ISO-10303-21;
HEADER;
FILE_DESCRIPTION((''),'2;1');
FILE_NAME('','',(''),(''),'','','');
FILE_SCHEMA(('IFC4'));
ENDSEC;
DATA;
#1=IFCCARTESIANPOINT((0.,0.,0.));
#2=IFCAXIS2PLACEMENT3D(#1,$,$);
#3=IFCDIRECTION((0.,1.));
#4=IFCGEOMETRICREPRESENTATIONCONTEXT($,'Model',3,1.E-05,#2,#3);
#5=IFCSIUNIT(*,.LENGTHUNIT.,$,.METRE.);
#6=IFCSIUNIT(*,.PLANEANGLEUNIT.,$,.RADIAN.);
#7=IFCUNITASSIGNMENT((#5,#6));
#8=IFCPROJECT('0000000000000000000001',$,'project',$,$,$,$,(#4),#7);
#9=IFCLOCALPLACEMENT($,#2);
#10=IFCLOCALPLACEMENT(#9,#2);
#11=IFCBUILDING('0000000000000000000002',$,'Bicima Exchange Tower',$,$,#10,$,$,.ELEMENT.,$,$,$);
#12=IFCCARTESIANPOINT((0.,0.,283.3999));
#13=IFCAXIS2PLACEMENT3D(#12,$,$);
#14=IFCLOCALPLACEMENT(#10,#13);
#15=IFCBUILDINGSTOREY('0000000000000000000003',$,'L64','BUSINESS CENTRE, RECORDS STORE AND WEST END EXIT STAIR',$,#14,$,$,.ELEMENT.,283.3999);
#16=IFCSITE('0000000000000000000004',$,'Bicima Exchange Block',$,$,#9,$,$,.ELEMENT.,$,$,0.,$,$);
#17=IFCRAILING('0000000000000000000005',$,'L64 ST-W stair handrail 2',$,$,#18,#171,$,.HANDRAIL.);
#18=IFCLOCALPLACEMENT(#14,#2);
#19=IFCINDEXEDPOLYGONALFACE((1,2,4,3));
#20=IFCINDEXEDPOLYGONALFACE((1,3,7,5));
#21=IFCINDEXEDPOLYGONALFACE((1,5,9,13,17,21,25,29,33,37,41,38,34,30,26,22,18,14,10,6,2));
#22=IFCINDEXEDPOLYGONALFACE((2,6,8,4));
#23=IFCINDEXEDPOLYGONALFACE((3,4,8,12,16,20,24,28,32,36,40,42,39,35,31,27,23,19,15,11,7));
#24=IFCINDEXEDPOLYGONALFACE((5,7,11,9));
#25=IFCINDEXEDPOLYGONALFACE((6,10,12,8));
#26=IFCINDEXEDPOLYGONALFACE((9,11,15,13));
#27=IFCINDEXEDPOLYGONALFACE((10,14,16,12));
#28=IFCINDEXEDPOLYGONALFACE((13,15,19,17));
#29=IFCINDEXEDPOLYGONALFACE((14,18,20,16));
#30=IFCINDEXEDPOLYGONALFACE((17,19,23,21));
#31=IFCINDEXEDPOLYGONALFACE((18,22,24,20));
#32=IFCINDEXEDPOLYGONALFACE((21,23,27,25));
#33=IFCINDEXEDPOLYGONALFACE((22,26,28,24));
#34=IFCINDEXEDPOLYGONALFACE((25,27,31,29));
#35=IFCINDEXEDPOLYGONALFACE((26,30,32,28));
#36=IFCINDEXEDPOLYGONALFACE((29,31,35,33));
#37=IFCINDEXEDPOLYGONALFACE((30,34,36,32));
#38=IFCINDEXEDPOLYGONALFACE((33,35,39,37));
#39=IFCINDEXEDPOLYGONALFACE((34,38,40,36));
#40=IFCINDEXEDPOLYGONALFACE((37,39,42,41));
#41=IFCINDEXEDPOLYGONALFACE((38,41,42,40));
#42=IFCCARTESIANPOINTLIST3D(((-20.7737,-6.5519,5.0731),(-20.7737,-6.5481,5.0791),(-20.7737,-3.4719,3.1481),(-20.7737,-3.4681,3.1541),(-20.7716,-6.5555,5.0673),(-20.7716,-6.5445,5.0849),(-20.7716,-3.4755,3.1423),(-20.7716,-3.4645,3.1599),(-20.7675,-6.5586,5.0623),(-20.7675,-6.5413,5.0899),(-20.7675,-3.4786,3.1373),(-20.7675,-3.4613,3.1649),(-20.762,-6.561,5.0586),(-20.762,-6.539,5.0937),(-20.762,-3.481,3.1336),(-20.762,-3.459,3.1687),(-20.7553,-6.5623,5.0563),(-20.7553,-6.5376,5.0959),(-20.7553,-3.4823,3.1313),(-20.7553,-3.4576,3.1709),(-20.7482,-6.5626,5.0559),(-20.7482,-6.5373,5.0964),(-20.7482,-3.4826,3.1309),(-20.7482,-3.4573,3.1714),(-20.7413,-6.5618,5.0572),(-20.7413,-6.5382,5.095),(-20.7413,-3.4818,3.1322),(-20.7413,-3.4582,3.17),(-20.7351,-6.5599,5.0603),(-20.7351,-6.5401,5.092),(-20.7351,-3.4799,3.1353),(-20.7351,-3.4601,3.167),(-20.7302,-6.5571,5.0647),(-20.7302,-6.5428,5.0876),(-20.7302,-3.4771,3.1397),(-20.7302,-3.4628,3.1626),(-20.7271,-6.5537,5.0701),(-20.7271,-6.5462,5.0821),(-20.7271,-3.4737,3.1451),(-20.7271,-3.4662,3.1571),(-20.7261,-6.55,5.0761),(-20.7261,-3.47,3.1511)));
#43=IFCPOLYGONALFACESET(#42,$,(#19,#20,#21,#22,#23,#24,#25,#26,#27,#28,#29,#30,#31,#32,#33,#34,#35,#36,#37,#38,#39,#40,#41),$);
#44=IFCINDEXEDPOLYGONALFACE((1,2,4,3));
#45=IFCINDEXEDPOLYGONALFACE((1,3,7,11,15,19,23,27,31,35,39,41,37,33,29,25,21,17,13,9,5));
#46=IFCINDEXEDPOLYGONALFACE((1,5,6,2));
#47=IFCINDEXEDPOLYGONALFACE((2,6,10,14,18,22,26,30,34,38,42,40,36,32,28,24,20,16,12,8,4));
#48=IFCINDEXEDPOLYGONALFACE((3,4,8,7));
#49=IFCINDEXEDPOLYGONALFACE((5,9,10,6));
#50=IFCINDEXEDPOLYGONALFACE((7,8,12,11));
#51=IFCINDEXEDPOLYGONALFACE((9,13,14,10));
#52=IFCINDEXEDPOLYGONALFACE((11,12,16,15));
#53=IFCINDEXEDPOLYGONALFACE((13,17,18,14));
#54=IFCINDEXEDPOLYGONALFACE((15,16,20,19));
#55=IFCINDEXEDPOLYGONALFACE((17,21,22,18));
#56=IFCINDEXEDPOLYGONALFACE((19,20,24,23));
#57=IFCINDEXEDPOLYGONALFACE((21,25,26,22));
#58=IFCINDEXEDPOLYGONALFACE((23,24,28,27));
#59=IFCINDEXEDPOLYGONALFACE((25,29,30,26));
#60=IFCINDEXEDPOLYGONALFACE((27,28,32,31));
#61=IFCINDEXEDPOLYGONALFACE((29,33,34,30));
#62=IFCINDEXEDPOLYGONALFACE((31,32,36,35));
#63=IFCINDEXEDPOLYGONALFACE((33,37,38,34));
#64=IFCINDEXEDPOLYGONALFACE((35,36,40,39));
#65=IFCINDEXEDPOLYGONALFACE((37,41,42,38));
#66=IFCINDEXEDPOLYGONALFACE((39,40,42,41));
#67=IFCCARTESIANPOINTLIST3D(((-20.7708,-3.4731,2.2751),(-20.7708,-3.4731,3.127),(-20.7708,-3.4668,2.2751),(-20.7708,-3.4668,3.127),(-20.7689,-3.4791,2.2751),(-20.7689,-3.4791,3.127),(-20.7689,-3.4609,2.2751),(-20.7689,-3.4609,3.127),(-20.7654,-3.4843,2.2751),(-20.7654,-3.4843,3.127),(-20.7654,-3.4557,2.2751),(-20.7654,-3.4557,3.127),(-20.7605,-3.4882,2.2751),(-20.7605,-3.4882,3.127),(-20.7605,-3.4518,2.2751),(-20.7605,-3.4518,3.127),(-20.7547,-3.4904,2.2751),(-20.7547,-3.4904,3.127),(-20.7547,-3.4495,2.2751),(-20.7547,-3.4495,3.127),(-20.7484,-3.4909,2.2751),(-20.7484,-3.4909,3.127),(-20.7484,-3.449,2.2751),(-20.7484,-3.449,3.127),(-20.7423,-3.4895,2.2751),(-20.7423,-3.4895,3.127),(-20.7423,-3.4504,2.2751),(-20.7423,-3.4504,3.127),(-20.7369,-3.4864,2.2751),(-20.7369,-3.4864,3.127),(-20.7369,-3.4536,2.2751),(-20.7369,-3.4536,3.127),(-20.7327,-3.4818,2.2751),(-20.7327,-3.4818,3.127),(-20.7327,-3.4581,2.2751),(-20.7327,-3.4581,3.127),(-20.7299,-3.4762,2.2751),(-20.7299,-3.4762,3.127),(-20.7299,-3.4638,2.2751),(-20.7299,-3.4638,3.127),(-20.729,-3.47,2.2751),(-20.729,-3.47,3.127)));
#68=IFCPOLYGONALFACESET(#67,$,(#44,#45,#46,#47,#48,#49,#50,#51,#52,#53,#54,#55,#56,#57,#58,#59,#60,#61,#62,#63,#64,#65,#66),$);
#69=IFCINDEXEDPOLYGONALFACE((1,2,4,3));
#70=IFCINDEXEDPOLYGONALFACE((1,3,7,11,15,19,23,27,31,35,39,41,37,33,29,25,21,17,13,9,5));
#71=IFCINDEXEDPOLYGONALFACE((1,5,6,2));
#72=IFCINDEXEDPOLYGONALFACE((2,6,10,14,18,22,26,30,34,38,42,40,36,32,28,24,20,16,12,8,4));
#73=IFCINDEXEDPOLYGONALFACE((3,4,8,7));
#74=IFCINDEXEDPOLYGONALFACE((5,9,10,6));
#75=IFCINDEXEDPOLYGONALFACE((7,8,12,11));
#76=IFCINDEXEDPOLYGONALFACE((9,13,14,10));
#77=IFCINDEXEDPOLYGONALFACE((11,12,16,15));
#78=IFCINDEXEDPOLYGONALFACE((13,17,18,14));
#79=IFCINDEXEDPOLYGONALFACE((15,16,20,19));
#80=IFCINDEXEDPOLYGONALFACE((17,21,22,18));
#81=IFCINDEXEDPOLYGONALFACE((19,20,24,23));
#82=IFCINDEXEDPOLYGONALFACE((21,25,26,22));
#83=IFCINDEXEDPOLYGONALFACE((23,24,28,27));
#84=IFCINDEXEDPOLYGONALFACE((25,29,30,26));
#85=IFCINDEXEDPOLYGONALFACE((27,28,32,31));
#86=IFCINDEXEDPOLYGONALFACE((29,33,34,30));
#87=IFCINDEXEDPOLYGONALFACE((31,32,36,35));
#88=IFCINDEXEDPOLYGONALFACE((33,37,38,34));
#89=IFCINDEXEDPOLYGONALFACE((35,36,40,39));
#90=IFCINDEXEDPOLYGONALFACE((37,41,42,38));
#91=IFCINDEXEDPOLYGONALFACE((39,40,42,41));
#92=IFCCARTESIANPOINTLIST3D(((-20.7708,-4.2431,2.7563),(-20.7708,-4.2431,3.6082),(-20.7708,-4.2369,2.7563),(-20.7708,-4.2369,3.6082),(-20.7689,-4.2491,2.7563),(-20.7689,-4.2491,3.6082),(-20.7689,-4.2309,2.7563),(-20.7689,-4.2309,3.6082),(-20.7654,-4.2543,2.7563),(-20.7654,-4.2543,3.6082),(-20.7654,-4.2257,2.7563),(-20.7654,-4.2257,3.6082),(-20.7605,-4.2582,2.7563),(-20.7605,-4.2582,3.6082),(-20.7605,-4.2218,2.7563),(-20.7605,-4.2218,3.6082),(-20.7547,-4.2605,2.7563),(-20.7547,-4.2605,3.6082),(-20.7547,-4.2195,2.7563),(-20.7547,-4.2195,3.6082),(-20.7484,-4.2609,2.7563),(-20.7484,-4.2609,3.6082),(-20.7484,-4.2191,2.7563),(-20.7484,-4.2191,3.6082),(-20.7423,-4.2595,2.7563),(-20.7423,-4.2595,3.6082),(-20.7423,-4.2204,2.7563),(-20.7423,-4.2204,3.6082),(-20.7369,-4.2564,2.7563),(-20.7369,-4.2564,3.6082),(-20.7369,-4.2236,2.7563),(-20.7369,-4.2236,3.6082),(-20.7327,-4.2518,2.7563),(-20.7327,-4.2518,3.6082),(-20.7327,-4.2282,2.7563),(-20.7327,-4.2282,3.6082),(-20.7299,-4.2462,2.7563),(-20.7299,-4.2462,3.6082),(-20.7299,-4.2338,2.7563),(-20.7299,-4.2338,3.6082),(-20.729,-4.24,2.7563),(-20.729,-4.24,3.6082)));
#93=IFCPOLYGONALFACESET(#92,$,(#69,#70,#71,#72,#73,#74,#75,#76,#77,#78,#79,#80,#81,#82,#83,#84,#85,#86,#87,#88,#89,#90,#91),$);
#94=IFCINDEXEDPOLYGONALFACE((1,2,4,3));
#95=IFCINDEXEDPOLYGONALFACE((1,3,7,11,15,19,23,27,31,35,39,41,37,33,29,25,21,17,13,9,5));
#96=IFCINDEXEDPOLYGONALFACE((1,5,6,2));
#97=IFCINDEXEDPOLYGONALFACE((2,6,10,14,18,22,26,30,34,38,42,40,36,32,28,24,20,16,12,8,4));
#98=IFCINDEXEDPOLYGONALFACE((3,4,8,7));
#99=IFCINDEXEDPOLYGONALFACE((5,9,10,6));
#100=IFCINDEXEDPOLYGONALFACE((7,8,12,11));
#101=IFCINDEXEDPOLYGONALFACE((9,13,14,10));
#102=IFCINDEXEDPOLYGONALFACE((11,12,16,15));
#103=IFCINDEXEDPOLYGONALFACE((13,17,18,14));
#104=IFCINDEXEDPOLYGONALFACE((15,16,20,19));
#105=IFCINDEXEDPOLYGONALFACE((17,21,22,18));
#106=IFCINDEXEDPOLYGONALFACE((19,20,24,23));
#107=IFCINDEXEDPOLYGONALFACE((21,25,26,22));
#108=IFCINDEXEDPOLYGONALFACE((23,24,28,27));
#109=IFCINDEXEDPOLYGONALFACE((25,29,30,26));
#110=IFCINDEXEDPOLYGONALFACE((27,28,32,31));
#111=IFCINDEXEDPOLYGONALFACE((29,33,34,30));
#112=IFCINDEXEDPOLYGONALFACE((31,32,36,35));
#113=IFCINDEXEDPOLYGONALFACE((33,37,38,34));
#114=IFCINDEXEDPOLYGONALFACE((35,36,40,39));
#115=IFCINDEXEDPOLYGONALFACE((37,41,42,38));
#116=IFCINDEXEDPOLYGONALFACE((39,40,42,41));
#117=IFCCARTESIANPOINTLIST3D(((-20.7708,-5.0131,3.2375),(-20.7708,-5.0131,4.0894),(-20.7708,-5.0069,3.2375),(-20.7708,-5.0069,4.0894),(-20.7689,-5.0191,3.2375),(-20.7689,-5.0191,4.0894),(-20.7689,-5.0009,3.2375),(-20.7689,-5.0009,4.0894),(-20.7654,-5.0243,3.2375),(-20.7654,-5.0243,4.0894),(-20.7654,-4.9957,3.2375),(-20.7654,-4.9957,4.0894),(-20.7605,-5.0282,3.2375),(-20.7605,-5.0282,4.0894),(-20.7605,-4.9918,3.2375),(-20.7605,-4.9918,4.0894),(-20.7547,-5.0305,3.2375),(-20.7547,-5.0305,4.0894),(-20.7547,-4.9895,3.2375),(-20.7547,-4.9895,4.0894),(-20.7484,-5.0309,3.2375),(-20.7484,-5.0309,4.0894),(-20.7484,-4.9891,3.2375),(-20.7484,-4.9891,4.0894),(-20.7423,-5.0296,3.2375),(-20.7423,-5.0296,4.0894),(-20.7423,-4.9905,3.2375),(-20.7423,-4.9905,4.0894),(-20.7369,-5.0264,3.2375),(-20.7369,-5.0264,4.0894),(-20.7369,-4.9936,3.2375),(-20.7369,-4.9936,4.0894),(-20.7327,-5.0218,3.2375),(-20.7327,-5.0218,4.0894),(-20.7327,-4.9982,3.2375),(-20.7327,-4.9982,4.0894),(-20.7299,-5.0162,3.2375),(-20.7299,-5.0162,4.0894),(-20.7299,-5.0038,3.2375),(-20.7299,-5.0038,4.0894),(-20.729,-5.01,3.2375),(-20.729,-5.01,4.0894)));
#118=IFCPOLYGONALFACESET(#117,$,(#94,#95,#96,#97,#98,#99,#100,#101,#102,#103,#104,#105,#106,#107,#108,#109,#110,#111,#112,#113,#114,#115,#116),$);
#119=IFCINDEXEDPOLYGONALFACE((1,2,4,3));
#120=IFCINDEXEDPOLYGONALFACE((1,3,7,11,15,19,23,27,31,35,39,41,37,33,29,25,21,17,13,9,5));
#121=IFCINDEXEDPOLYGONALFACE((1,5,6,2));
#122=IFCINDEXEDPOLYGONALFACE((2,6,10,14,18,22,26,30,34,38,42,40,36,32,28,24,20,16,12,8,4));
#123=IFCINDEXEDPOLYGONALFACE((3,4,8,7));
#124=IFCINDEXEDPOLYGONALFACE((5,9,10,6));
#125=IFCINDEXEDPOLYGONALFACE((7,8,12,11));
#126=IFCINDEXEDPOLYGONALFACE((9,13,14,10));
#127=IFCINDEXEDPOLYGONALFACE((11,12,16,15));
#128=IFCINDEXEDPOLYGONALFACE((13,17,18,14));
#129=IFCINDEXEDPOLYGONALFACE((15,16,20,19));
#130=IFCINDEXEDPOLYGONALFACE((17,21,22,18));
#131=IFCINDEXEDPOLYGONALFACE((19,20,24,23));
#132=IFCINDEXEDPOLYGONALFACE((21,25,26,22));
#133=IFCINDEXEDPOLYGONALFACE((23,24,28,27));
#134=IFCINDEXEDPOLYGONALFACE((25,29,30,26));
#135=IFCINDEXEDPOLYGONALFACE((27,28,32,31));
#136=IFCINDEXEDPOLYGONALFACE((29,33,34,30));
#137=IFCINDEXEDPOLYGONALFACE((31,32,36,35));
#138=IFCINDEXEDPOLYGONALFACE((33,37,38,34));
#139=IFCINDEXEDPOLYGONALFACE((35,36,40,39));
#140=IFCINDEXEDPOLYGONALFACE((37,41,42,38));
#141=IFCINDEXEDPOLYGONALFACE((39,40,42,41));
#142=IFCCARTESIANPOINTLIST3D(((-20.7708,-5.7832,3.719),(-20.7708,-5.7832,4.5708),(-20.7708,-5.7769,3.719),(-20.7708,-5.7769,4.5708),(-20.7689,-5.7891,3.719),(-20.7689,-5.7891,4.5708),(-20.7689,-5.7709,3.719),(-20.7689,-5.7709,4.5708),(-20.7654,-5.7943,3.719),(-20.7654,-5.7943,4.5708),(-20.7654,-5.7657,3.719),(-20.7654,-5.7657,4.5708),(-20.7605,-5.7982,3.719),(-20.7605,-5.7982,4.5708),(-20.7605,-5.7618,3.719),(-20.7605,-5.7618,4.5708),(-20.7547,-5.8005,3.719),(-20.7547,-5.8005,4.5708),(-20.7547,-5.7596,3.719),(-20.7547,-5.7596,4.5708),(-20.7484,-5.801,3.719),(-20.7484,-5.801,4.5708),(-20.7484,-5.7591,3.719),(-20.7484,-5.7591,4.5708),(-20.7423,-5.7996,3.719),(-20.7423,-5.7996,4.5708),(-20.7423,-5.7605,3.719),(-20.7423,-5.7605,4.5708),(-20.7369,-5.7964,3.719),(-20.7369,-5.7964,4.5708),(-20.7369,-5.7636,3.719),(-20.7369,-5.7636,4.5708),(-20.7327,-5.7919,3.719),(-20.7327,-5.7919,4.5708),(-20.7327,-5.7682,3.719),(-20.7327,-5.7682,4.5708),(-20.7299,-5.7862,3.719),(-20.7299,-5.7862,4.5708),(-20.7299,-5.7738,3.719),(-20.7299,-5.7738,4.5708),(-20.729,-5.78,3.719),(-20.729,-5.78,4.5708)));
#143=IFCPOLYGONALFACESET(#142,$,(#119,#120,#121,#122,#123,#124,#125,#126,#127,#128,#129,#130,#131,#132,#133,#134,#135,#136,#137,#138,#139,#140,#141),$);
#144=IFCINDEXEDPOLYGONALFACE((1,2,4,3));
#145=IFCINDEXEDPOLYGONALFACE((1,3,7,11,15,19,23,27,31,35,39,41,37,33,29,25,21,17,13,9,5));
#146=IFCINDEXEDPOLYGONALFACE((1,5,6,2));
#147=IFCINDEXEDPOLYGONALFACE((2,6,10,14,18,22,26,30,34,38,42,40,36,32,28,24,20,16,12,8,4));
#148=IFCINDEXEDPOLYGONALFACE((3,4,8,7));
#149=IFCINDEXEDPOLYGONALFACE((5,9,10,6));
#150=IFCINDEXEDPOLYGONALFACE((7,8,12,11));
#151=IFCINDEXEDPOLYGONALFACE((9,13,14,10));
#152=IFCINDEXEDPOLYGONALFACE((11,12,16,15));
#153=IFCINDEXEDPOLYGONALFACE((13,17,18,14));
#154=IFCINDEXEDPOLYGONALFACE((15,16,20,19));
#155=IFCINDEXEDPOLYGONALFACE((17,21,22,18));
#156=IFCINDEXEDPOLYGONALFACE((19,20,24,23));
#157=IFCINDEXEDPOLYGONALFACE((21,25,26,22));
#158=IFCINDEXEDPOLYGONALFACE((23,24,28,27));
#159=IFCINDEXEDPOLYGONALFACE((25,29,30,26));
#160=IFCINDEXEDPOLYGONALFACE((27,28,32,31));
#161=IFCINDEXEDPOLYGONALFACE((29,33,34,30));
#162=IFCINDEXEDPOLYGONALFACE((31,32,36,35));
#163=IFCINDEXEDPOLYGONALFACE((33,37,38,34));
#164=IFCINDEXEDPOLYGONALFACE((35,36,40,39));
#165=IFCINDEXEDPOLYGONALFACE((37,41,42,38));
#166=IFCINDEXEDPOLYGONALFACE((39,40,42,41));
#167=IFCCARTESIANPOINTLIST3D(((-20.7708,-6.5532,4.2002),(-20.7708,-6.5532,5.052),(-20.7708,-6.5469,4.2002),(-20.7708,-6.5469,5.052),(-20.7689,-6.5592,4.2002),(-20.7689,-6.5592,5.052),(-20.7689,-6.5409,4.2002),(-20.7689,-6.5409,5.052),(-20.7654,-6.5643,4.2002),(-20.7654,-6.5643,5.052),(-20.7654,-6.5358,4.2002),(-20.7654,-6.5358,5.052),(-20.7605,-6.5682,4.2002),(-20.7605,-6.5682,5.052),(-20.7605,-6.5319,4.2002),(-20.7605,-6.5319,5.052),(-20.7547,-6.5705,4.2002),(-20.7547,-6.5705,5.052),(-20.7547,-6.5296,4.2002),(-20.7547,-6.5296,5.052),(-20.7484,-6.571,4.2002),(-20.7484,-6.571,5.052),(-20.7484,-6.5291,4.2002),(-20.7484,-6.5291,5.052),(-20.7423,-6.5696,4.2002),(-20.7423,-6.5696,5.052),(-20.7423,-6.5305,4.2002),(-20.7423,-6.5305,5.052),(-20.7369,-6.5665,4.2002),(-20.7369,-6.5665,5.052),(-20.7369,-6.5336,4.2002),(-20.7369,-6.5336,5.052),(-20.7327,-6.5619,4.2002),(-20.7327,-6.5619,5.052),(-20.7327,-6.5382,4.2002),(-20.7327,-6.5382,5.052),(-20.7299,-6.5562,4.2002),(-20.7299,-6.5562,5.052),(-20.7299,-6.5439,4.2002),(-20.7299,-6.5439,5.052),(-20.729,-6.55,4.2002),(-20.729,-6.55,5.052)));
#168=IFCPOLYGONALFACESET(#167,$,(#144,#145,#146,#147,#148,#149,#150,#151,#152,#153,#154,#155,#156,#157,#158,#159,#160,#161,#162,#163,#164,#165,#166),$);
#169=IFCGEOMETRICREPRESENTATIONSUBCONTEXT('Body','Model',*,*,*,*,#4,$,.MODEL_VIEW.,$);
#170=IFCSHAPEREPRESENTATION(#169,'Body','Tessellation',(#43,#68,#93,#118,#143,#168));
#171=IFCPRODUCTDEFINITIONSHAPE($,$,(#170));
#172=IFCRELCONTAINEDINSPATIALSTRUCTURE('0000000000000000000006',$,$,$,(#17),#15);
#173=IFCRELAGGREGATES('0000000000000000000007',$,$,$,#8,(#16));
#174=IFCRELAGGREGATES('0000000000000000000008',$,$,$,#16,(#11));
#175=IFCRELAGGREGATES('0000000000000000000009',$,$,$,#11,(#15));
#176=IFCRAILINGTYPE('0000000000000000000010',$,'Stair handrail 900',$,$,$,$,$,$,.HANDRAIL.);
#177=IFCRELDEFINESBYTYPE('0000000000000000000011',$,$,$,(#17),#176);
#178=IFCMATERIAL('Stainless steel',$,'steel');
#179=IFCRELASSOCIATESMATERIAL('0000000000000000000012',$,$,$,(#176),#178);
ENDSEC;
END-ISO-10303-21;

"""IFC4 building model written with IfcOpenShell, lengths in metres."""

from ifc_helpers import new_model, si_unit, direction, frame, origin, origin_2d, place, context, subcontext, project, spatial, circle, extrude, material, type_object, element, save


model = new_model("IFC4")

# Units and contexts
model_context = context("Model", 3, precision=1e-05, world=origin(), true_north=direction((0.0, 1.0)))
body_context = subcontext(model_context, "Body", "Model", "MODEL_VIEW")
ifc_project = project(units=[si_unit("LENGTHUNIT", "METRE"), si_unit("PLANEANGLEUNIT", "RADIAN")], contexts=[model_context])

# Site, building, storey
site_placement = place(None, origin())
site = spatial("IfcSite", under=ifc_project, at=site_placement, Name="Bicima Exchange Block", CompositionType="ELEMENT", RefElevation=0.0)
building_placement = place(site_placement, origin())
building = spatial("IfcBuilding", under=site, at=building_placement, Name="Bicima Exchange Tower", CompositionType="ELEMENT")
storey_placement = place(building_placement, frame((0.0, 0.0, 283.3999)))
storey = spatial("IfcBuildingStorey", under=building, at=storey_placement, Name="L64", Description="BUSINESS CENTRE, RECORDS STORE AND WEST END EXIT STAIR", CompositionType="ELEMENT", Elevation=283.3999)

# Railing
ifc_material_1 = material(Name="Stainless steel", Category="steel")
railing_type_1 = type_object("IfcRailingType", Name="Stair handrail 900", PredefinedType="HANDRAIL", material=ifc_material_1)
railing_1_placement = place(storey_placement, frame((-20.75, -3.47, 2.2751)))
element("IfcRailing", 1, at=railing_1_placement, inside=storey, type_object=railing_type_1, Name="L64 ST-W stair handrail 2", PredefinedType="HANDRAIL", context=body_context, shape_type="SweptSolid", body=[
    extrude(circle(Radius=0.0239, at=origin_2d()), frame((0.0, 0.0, 0.876), z_axis=(0.0, -0.847998, 0.529999), x_axis=(1.0, 0.0, 0.0)), (0.0, 0.0, 1.0), 3.6321),
    extrude(circle(Radius=0.021, at=origin_2d()), origin(), (0.0, 0.0, 1.0), 0.8518),
    extrude(circle(Radius=0.021, at=origin_2d()), frame((0.0, -0.77, 0.4812)), (0.0, 0.0, 1.0), 0.8518),
    extrude(circle(Radius=0.021, at=origin_2d()), frame((0.0, -1.54, 0.9624)), (0.0, 0.0, 1.0), 0.8518),
    extrude(circle(Radius=0.021, at=origin_2d()), frame((0.0, -2.3101, 1.4438)), (0.0, 0.0, 1.0), 0.8518),
    extrude(circle(Radius=0.021, at=origin_2d()), frame((0.0, -3.0801, 1.925)), (0.0, 0.0, 1.0), 0.8518),
])

save(model, "model.ifc")
